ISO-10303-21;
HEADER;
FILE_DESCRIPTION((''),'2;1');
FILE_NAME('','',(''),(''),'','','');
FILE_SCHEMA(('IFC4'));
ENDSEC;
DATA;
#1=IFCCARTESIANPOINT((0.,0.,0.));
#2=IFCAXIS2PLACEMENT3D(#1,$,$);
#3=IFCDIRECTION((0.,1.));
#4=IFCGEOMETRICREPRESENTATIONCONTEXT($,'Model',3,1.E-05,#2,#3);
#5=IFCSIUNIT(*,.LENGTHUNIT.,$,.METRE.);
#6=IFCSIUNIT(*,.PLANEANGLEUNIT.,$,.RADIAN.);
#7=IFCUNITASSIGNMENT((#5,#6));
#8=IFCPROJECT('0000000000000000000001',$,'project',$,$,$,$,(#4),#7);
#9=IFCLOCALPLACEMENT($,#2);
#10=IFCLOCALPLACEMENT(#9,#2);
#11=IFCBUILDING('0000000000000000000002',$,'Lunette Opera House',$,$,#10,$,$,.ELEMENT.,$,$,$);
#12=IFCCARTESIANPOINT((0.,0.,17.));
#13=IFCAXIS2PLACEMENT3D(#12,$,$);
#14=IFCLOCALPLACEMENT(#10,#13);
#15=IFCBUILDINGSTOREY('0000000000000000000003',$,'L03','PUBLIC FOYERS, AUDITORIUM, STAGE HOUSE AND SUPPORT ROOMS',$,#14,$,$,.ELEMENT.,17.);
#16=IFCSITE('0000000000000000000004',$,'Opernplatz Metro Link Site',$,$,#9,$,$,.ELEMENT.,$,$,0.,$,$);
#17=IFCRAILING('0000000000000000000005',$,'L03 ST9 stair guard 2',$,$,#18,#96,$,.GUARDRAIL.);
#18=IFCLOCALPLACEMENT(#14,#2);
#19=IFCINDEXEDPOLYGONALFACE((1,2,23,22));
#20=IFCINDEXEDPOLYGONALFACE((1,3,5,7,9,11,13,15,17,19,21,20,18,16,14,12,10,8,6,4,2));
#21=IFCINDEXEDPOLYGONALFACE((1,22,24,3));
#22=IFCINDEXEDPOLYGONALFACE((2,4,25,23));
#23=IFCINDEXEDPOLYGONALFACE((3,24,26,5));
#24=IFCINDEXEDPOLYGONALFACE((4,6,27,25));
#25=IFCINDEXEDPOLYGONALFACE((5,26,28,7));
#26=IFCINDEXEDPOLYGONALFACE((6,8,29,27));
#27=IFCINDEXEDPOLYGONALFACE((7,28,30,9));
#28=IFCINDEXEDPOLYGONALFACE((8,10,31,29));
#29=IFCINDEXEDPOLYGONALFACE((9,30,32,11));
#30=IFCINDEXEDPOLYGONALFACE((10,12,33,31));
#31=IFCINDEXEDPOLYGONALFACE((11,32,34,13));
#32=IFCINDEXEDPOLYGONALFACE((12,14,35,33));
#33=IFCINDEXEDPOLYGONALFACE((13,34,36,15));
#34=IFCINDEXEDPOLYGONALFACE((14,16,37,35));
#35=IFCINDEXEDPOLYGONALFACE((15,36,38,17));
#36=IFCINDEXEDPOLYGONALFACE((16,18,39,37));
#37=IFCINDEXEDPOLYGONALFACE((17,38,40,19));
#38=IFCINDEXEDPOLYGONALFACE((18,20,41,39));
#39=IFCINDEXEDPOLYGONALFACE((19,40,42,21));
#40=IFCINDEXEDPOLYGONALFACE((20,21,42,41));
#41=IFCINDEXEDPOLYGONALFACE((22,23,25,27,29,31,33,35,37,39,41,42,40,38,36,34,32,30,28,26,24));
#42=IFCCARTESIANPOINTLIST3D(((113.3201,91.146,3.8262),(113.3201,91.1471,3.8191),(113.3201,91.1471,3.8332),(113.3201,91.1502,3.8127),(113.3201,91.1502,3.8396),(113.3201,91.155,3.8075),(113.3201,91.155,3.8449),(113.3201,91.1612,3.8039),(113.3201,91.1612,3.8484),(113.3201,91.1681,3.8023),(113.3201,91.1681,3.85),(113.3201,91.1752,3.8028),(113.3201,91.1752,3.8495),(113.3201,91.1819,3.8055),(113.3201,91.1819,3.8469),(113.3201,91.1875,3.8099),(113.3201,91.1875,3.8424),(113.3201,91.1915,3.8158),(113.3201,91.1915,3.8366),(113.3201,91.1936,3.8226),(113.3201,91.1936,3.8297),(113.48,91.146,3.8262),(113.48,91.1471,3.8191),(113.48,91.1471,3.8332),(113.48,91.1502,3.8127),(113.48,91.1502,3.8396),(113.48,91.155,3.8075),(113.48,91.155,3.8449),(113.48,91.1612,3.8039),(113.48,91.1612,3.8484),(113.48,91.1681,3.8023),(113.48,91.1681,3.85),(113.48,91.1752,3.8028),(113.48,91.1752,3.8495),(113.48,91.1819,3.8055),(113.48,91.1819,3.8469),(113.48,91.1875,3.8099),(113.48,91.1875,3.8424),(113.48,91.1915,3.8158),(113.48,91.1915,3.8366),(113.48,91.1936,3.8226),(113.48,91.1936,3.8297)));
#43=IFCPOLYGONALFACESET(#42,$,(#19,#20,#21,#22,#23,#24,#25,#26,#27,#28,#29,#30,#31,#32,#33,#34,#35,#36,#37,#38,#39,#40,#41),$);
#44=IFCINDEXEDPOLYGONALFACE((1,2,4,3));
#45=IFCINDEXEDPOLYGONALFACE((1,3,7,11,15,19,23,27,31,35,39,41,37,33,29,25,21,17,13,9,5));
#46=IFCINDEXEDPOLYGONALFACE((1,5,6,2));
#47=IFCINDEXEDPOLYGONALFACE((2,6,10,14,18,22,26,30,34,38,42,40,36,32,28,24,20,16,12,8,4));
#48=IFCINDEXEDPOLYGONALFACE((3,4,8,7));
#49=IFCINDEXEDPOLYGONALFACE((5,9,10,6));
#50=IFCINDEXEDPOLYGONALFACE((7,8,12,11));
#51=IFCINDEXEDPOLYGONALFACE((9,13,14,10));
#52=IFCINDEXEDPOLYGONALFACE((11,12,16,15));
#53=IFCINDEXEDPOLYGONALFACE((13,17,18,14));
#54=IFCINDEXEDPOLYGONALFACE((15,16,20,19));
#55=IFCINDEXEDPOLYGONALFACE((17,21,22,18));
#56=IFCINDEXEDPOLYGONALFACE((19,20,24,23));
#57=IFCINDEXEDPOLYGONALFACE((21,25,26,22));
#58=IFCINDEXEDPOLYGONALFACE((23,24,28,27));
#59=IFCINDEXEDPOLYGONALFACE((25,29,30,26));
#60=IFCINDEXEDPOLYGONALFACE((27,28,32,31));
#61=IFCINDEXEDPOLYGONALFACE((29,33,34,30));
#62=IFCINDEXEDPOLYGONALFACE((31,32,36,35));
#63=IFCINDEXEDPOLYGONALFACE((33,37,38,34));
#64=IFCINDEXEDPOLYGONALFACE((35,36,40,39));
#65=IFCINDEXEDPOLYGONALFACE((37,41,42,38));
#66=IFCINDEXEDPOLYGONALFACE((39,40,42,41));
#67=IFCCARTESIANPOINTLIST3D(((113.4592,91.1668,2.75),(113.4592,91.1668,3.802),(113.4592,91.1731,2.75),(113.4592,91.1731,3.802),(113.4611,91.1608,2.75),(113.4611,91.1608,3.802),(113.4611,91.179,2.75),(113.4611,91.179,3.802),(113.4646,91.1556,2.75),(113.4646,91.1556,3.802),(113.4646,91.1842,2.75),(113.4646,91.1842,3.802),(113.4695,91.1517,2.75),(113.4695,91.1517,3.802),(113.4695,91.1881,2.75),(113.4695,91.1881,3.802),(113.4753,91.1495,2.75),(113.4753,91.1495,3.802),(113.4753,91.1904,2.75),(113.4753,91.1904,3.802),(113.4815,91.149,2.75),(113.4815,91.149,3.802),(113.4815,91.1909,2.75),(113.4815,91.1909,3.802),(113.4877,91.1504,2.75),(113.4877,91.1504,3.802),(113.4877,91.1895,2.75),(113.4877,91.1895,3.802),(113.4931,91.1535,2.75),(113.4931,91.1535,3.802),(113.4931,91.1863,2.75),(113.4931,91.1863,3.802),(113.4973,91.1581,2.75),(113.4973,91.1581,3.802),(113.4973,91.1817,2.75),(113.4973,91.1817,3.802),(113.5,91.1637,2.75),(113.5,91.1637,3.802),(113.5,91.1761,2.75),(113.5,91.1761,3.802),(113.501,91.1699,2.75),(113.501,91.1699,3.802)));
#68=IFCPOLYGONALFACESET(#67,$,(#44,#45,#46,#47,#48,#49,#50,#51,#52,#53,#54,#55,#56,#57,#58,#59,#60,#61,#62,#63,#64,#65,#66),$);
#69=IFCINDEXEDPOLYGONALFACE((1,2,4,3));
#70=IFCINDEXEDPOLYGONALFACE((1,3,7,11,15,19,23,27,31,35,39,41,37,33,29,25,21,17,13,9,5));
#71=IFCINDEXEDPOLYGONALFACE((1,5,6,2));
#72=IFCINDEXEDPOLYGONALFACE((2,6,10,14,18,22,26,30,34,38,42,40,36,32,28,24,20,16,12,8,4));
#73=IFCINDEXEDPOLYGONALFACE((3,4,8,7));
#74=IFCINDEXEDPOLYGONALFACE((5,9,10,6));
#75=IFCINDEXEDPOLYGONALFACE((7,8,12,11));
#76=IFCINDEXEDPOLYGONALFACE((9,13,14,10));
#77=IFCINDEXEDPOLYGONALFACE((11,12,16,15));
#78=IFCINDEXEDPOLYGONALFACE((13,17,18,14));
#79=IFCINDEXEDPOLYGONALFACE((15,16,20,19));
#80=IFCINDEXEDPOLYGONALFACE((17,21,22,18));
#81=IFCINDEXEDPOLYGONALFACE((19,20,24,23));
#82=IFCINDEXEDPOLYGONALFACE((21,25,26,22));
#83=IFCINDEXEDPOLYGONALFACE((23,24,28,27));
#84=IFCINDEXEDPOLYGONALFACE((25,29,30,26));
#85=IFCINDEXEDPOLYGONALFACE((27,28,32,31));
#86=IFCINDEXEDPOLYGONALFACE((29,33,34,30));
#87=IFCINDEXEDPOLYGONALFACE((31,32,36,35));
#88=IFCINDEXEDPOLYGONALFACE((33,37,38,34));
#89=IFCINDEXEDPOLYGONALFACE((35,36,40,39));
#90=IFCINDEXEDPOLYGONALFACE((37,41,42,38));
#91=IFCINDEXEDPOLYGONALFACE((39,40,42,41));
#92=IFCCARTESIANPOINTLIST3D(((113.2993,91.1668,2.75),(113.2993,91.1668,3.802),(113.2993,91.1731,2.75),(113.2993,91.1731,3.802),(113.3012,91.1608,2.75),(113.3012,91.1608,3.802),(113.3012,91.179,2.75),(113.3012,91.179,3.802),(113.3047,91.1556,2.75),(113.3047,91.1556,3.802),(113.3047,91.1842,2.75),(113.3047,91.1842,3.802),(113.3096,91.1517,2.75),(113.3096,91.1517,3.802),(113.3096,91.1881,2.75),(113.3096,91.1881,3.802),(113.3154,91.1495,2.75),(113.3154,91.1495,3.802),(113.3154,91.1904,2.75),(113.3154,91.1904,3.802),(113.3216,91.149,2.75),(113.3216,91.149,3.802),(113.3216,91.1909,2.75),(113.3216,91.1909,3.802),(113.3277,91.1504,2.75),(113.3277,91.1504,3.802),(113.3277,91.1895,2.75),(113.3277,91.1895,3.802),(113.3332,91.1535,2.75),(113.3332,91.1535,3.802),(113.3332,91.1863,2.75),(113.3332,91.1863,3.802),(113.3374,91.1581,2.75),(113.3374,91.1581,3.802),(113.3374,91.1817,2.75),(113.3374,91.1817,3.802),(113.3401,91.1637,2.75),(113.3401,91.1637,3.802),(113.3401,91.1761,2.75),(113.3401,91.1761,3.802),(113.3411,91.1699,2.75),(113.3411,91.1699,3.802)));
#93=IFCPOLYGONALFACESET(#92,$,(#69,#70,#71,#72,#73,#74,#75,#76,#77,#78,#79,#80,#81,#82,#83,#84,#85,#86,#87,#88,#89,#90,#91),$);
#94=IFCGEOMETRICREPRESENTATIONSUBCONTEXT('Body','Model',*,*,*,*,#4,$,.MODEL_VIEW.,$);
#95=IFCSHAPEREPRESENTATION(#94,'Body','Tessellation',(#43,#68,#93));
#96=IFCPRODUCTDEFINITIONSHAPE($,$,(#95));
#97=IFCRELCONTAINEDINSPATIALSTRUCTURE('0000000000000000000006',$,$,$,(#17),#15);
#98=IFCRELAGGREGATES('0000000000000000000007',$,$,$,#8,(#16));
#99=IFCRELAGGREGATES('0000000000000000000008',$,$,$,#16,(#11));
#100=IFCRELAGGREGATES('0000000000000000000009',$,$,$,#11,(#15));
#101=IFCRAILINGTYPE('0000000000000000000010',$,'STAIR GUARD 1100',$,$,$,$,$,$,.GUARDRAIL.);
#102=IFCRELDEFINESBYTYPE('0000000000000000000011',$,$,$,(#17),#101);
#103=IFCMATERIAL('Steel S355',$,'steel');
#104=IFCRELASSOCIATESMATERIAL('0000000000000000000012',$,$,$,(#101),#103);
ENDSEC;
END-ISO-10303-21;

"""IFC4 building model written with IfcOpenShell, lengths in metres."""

from ifc_helpers import new_model, si_unit, direction, frame, origin, origin_2d, place, context, subcontext, project, spatial, circle, extrude, material, type_object, element, save


model = new_model("IFC4")

# Units and contexts
model_context = context("Model", 3, precision=1e-05, world=origin(), true_north=direction((0.0, 1.0)))
body_context = subcontext(model_context, "Body", "Model", "MODEL_VIEW")
ifc_project = project(units=[si_unit("LENGTHUNIT", "METRE"), si_unit("PLANEANGLEUNIT", "RADIAN")], contexts=[model_context])

# Site, building, storey
site_placement = place(None, origin())
site = spatial("IfcSite", under=ifc_project, at=site_placement, Name="Opernplatz Metro Link Site", CompositionType="ELEMENT", RefElevation=0.0)
building_placement = place(site_placement, origin())
building = spatial("IfcBuilding", under=site, at=building_placement, Name="Lunette Opera House", CompositionType="ELEMENT")
storey_placement = place(building_placement, frame((0.0, 0.0, 17.0)))
storey = spatial("IfcBuildingStorey", under=building, at=storey_placement, Name="L03", Description="PUBLIC FOYERS, AUDITORIUM, STAGE HOUSE AND SUPPORT ROOMS", CompositionType="ELEMENT", Elevation=17.0)

# Railing
ifc_material_1 = material(Name="Steel S355", Category="steel")
railing_type_1 = type_object("IfcRailingType", Name="STAIR GUARD 1100", PredefinedType="GUARDRAIL", material=ifc_material_1)
railing_1_placement = place(storey_placement, frame((113.48, 91.1699, 2.75)))
element("IfcRailing", 1, at=railing_1_placement, inside=storey, type_object=railing_type_1, Name="L03 ST9 stair guard 2", PredefinedType="GUARDRAIL", context=body_context, shape_type="SweptSolid", body=[
    extrude(circle(Radius=0.0239, at=origin_2d()), frame((0.0, 0.0, 1.0762), z_axis=(-1.0, 0.0, 0.0), x_axis=(0.0, -1.0, 0.0)), (0.0, 0.0, 1.0), 0.1599),
    extrude(circle(Radius=0.021, at=origin_2d()), origin(), (0.0, 0.0, 1.0), 1.052),
    extrude(circle(Radius=0.021, at=origin_2d()), frame((-0.1599, 0.0, 0.0)), (0.0, 0.0, 1.0), 1.052),
])

save(model, "model.ifc")
